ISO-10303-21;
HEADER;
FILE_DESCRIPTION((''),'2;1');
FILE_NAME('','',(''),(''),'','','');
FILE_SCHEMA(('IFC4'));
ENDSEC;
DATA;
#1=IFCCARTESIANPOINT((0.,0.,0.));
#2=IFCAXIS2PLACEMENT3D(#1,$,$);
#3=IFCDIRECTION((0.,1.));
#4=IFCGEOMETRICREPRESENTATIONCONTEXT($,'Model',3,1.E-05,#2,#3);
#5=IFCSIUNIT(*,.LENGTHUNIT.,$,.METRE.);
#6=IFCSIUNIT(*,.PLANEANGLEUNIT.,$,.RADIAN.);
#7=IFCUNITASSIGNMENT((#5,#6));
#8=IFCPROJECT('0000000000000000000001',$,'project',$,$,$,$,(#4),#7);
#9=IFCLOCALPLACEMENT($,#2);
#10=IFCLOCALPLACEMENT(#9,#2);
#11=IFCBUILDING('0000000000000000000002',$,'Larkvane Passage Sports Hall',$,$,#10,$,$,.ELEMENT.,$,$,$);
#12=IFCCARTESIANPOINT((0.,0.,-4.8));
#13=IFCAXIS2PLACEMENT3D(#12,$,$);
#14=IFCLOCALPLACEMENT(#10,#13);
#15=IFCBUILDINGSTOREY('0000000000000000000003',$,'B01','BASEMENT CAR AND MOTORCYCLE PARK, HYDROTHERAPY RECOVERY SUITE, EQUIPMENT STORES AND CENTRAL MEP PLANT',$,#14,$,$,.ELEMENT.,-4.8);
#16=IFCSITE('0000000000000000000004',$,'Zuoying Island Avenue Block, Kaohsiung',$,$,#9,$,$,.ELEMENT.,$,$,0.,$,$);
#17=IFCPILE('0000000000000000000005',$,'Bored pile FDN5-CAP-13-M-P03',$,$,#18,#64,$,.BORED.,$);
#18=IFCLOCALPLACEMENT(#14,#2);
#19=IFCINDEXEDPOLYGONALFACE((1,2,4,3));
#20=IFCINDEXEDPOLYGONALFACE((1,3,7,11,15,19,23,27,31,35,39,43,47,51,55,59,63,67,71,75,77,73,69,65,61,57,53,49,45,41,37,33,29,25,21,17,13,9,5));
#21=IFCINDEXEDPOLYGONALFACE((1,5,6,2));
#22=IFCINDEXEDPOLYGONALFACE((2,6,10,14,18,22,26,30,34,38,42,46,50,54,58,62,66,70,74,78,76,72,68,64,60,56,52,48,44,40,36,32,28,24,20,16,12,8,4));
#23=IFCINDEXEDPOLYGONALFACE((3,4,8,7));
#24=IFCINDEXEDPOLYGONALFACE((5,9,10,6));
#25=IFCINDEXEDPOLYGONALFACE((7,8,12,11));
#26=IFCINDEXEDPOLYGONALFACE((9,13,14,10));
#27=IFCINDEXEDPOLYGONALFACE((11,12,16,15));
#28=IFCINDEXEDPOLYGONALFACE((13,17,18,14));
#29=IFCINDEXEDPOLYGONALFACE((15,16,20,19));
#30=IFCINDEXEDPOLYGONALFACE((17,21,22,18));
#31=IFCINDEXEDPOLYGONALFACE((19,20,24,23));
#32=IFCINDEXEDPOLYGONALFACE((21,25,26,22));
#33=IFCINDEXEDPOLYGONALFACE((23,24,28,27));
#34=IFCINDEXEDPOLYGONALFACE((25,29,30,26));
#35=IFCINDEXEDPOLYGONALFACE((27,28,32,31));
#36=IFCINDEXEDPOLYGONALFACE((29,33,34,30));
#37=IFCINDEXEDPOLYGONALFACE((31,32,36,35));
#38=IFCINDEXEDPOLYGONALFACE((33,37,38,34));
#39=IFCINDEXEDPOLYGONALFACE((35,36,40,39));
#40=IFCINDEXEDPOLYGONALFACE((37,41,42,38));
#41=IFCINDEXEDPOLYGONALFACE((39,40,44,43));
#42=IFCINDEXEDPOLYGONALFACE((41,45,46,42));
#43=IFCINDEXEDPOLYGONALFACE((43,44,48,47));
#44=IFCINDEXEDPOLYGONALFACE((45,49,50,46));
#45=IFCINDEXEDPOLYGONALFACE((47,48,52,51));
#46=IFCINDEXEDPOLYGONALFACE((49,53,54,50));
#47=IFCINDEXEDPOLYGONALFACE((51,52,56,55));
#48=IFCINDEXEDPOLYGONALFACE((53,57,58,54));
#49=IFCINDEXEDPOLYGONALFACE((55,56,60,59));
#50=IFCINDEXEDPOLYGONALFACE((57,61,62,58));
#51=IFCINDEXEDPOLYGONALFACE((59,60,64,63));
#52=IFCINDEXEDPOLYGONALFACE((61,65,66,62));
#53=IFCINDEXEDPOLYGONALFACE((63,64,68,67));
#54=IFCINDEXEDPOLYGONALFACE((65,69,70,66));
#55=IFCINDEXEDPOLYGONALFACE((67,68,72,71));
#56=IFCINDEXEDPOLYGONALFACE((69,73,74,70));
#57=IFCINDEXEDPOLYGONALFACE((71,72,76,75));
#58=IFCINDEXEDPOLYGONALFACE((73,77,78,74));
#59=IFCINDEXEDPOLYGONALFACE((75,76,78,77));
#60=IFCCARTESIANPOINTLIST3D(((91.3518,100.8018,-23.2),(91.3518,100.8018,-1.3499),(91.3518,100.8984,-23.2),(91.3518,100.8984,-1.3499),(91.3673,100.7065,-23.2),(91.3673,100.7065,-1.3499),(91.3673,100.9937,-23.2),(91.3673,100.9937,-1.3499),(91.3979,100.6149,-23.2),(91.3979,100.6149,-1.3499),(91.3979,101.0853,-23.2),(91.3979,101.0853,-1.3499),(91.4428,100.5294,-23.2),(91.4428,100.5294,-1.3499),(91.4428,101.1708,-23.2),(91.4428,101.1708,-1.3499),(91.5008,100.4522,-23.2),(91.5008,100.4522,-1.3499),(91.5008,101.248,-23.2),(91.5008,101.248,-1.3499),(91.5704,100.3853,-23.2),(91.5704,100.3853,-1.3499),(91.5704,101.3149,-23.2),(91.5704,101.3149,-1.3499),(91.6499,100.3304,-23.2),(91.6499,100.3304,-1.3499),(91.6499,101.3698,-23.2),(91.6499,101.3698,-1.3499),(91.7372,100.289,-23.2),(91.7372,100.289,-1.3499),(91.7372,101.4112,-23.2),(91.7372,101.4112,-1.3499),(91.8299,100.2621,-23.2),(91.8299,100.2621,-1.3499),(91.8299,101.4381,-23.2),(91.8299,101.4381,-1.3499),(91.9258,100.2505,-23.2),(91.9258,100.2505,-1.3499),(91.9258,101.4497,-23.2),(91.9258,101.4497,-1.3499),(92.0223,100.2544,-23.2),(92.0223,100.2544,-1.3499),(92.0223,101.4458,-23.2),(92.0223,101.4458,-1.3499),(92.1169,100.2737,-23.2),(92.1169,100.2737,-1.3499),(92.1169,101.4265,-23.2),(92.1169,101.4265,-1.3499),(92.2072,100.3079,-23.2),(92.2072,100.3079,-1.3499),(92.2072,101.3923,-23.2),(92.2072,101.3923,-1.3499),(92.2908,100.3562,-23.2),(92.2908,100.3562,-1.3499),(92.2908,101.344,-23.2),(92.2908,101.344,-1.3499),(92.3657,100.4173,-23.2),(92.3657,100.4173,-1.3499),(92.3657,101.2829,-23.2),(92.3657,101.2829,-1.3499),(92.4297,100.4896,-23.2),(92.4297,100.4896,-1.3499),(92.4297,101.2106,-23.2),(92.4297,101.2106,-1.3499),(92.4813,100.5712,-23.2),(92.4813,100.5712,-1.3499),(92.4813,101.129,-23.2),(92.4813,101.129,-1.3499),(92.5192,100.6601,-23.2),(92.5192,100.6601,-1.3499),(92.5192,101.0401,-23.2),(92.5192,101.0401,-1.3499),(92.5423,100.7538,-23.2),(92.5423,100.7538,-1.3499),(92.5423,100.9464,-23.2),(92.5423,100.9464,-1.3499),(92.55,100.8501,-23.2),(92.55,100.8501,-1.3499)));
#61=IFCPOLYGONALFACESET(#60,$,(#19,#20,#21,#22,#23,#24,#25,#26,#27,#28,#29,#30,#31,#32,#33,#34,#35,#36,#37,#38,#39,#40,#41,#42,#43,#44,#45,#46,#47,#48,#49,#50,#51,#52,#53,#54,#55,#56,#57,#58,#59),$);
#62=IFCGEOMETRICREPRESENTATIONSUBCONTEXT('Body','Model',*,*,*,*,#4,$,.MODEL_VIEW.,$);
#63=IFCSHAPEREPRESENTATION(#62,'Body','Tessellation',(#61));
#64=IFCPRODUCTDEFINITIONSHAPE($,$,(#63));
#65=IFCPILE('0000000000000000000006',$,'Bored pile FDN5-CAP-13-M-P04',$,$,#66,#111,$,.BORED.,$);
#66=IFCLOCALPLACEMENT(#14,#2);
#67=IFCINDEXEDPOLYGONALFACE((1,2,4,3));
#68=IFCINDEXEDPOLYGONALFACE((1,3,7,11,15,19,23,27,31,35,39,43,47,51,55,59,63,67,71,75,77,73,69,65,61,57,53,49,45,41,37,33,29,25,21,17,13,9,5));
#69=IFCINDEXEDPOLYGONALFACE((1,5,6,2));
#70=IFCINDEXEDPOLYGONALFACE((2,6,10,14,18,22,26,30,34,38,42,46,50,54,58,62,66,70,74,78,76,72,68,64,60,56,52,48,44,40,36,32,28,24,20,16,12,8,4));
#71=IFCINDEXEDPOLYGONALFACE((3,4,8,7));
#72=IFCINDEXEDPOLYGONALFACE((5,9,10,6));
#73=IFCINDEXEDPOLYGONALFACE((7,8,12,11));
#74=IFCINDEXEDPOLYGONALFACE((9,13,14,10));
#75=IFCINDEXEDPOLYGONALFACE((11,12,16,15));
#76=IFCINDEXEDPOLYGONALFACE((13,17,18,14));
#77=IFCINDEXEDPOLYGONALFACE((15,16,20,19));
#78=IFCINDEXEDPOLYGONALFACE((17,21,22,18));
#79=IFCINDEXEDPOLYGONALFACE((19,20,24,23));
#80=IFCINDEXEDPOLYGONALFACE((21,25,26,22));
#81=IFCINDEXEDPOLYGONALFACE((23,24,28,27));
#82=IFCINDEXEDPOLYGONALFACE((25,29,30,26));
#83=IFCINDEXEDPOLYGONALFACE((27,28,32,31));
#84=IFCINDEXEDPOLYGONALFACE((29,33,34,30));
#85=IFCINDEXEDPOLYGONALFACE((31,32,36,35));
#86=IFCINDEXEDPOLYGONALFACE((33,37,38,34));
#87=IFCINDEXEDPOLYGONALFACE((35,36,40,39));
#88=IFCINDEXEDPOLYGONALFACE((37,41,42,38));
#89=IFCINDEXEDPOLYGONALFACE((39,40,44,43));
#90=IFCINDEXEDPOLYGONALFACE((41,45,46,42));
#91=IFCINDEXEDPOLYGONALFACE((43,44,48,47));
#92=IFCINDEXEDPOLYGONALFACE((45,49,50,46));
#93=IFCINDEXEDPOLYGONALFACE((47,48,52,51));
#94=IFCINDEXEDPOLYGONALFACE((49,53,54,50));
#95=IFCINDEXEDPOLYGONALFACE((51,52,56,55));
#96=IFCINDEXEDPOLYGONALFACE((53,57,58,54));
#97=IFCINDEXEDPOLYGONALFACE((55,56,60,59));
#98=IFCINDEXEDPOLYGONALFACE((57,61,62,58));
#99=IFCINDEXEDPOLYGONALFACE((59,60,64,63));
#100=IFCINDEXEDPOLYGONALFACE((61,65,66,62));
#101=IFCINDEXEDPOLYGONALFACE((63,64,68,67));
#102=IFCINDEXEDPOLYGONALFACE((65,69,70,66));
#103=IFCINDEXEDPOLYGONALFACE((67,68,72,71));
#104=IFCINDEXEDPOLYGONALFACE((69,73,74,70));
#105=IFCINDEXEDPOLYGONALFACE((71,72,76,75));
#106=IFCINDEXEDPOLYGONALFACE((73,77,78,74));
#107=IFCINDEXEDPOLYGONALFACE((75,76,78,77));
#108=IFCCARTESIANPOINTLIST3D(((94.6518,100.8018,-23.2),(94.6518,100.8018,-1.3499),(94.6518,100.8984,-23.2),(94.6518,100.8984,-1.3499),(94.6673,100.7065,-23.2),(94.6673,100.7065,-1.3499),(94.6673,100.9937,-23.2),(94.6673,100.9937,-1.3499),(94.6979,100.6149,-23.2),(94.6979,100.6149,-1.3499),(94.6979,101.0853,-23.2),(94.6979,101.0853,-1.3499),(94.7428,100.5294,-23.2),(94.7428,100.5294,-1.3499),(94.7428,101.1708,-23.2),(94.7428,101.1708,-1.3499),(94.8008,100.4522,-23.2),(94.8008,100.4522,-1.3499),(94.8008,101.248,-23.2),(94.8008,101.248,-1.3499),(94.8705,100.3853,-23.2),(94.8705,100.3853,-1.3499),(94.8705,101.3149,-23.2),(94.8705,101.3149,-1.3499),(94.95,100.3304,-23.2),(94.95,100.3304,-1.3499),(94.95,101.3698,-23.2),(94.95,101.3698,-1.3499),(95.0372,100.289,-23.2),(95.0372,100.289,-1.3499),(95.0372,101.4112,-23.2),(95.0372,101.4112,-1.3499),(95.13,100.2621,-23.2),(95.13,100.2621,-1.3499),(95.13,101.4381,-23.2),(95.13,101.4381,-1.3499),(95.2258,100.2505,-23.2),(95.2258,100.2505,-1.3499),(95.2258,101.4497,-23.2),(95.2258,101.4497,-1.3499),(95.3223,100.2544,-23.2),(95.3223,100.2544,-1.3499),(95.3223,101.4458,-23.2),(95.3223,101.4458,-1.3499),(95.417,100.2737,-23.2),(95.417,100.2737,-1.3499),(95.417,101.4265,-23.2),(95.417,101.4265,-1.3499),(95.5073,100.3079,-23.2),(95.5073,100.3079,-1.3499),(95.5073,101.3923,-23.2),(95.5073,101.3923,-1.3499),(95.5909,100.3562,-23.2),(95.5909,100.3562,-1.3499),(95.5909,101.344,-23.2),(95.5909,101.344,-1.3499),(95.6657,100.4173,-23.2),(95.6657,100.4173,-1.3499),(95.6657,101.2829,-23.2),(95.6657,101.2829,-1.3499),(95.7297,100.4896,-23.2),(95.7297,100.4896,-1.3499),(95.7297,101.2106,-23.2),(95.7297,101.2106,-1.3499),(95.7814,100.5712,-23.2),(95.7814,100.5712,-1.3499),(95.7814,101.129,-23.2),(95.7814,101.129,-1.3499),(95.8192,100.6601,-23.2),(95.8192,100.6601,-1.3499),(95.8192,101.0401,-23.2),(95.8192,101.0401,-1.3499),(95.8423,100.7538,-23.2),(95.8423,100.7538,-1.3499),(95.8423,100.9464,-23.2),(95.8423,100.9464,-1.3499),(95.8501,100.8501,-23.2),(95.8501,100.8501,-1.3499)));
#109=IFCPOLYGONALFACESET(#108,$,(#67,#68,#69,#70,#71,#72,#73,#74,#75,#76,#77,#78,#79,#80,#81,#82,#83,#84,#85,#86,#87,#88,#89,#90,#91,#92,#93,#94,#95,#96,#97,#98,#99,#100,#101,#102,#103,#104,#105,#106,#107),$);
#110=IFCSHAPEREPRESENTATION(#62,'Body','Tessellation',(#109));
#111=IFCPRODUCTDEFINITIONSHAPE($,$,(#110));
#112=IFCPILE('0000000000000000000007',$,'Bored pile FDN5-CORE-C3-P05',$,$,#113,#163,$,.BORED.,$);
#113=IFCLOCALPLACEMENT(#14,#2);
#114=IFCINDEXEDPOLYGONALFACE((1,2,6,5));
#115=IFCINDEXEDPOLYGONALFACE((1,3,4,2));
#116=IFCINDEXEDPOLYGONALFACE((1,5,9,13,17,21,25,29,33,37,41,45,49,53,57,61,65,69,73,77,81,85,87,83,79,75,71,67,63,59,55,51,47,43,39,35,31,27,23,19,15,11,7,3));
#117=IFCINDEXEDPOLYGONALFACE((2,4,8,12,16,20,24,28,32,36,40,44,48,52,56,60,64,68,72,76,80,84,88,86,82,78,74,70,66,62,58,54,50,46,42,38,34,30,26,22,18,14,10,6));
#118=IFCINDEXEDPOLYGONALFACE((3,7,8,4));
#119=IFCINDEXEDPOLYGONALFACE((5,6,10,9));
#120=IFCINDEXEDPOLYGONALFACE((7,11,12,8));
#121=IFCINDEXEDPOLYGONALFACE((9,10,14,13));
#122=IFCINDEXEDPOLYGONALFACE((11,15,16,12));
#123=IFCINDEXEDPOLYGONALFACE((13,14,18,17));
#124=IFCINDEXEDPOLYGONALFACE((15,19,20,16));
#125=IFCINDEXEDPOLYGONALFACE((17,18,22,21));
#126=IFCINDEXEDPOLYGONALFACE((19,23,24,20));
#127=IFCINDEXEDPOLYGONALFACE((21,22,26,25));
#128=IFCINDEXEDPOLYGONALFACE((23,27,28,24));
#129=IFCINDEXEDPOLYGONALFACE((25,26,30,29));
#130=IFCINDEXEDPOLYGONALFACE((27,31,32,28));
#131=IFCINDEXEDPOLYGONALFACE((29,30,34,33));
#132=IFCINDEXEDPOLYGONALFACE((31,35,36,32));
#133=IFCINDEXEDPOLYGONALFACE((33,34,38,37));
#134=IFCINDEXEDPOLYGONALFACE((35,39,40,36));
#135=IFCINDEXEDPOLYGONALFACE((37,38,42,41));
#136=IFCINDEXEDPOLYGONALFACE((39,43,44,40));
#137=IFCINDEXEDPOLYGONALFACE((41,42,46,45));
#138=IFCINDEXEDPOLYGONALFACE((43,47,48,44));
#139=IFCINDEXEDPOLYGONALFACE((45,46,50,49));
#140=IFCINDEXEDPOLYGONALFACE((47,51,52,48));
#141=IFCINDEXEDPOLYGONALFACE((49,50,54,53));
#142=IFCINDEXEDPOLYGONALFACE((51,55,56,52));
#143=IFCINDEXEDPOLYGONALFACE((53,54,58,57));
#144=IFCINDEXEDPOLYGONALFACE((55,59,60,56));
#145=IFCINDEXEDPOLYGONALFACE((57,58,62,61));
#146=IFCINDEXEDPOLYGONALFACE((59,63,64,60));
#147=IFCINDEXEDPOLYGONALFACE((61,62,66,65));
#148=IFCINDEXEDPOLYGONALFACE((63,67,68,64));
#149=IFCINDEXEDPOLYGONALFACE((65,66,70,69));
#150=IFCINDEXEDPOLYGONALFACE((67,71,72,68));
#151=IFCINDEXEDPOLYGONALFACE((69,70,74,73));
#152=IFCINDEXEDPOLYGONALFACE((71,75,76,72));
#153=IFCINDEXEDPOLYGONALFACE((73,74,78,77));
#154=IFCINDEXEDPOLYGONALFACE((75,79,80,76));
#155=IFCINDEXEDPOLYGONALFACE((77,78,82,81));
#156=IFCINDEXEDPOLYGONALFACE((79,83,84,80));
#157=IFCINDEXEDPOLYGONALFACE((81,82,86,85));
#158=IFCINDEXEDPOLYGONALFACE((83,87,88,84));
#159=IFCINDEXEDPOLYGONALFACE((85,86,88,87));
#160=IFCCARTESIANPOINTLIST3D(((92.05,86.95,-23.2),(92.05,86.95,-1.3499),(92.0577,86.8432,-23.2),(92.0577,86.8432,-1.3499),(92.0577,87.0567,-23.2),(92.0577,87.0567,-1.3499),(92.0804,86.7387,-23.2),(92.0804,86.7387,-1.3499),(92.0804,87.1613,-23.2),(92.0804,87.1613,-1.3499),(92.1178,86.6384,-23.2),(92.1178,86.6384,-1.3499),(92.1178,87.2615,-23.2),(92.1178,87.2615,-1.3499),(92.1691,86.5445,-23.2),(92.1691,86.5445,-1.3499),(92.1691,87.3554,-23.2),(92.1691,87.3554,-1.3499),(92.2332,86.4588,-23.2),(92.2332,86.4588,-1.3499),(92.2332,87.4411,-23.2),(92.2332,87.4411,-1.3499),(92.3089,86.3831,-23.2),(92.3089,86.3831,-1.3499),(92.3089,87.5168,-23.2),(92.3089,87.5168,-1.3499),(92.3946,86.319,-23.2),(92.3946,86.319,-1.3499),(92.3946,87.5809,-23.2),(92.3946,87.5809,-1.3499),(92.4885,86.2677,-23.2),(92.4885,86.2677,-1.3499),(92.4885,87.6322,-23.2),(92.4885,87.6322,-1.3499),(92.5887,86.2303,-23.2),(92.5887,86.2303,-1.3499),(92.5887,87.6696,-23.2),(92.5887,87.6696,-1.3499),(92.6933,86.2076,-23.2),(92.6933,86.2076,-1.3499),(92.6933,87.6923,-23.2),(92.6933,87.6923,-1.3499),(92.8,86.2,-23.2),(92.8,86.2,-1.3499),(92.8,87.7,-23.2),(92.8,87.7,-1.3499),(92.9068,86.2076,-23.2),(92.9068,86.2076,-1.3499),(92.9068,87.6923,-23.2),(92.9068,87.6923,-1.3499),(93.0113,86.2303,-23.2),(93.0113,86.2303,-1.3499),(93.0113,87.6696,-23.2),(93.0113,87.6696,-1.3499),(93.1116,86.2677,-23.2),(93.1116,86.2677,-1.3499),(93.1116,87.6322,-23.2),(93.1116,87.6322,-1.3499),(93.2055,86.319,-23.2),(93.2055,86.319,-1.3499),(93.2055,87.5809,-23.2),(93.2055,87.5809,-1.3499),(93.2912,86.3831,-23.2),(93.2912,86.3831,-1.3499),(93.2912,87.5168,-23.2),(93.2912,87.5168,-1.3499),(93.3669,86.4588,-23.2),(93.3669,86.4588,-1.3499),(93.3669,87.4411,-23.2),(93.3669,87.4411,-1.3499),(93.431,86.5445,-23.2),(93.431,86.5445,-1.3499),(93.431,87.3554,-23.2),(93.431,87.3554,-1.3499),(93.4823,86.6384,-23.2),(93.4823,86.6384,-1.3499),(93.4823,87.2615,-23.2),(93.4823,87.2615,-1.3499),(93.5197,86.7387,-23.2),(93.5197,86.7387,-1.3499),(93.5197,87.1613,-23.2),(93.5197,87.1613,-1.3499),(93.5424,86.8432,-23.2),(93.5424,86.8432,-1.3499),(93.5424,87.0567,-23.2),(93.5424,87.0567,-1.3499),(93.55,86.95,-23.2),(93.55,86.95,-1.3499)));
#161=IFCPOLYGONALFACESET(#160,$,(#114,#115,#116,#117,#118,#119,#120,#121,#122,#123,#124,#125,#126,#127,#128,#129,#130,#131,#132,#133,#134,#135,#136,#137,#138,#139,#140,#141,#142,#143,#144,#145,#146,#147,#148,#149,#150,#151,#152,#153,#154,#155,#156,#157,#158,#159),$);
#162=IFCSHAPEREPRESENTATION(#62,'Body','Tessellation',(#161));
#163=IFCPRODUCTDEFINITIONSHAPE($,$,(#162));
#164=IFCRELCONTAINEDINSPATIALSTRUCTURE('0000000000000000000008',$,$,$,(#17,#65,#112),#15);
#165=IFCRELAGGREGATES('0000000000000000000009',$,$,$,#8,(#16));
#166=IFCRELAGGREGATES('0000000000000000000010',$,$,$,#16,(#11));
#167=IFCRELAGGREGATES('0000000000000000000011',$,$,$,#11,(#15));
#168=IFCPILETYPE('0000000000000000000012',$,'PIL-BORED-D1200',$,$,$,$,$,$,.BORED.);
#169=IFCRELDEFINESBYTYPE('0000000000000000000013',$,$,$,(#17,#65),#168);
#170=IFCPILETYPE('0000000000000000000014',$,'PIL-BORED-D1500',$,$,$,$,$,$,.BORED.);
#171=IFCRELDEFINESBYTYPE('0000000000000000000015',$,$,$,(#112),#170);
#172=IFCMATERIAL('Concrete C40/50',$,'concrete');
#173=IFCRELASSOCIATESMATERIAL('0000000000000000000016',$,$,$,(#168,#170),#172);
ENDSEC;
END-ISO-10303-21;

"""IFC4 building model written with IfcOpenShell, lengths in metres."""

from ifc_helpers import new_model, si_unit, direction, frame, origin, origin_2d, place, context, subcontext, project, spatial, circle, extrude, material, material_profile, profile_set, type_object, element, save


model = new_model("IFC4")

# Units and contexts
model_context = context("Model", 3, precision=1e-05, world=origin(), true_north=direction((0.0, 1.0)))
body_context = subcontext(model_context, "Body", "Model", "MODEL_VIEW")
ifc_project = project(units=[si_unit("LENGTHUNIT", "METRE"), si_unit("PLANEANGLEUNIT", "RADIAN")], contexts=[model_context])

# Site, building, storey
site_placement = place(None, origin())
site = spatial("IfcSite", under=ifc_project, at=site_placement, Name="Zuoying Island Avenue Block, Kaohsiung", CompositionType="ELEMENT", RefElevation=0.0)
building_placement = place(site_placement, origin())
building = spatial("IfcBuilding", under=site, at=building_placement, Name="Larkvane Passage Sports Hall", CompositionType="ELEMENT")
storey_placement = place(building_placement, frame((0.0, 0.0, -4.8)))
storey = spatial("IfcBuildingStorey", under=building, at=storey_placement, Name="B01", Description="BASEMENT CAR AND MOTORCYCLE PARK, HYDROTHERAPY RECOVERY SUITE, EQUIPMENT STORES AND CENTRAL MEP PLANT", CompositionType="ELEMENT", Elevation=-4.8)

# Shared definitions
ifc_material_1 = material(Name="Concrete C40/50", Category="concrete")

# Piles
ifc_material_profile_1 = material_profile(ifc_material_1, circle(Radius=0.6001, at=origin_2d()), Name="PILE-D1200")
ifc_profile_set_1 = profile_set([ifc_material_profile_1], Name="Concrete C40/50")
pile_type_1 = type_object("IfcPileType", Name="PIL-BORED-D1200", PredefinedType="BORED", material=ifc_profile_set_1)
for number, where, z_axis, x_axis, name in (
    (1, (91.95, 100.8501, -1.3499), (0.0, 0.0, -1.0), (1.0, 0.0, 0.0), "Bored pile FDN5-CAP-13-M-P03"),
    (2, (95.25, 100.8501, -1.3499), (0.0, 0.0, -1.0), (1.0, 0.0, 0.0), "Bored pile FDN5-CAP-13-M-P04"),
):
    element("IfcPile", number, at=place(storey_placement, frame(where, z_axis=z_axis, x_axis=x_axis)), inside=storey, type_object=pile_type_1, Name=name, PredefinedType="BORED", context=body_context, shape_type="SweptSolid", body=[
        extrude(circle(Radius=0.6001, at=origin_2d()), origin(), (0.0, 0.0, 1.0), 21.8501),
    ])
ifc_material_profile_2 = material_profile(ifc_material_1, circle(Radius=0.75, at=origin_2d()), Name="PILE-D1500")
ifc_profile_set_2 = profile_set([ifc_material_profile_2], Name="Concrete C40/50")
pile_type_2 = type_object("IfcPileType", Name="PIL-BORED-D1500", PredefinedType="BORED", material=ifc_profile_set_2)
for number, where, z_axis, x_axis, name in (
    (3, (92.8, 86.95, -1.3499), (0.0, 0.0, -1.0), (1.0, 0.0, 0.0), "Bored pile FDN5-CORE-C3-P05"),
):
    element("IfcPile", number, at=place(storey_placement, frame(where, z_axis=z_axis, x_axis=x_axis)), inside=storey, type_object=pile_type_2, Name=name, PredefinedType="BORED", context=body_context, shape_type="SweptSolid", body=[
        extrude(circle(Radius=0.75, at=origin_2d()), origin(), (0.0, 0.0, 1.0), 21.8501),
    ])

save(model, "model.ifc")
